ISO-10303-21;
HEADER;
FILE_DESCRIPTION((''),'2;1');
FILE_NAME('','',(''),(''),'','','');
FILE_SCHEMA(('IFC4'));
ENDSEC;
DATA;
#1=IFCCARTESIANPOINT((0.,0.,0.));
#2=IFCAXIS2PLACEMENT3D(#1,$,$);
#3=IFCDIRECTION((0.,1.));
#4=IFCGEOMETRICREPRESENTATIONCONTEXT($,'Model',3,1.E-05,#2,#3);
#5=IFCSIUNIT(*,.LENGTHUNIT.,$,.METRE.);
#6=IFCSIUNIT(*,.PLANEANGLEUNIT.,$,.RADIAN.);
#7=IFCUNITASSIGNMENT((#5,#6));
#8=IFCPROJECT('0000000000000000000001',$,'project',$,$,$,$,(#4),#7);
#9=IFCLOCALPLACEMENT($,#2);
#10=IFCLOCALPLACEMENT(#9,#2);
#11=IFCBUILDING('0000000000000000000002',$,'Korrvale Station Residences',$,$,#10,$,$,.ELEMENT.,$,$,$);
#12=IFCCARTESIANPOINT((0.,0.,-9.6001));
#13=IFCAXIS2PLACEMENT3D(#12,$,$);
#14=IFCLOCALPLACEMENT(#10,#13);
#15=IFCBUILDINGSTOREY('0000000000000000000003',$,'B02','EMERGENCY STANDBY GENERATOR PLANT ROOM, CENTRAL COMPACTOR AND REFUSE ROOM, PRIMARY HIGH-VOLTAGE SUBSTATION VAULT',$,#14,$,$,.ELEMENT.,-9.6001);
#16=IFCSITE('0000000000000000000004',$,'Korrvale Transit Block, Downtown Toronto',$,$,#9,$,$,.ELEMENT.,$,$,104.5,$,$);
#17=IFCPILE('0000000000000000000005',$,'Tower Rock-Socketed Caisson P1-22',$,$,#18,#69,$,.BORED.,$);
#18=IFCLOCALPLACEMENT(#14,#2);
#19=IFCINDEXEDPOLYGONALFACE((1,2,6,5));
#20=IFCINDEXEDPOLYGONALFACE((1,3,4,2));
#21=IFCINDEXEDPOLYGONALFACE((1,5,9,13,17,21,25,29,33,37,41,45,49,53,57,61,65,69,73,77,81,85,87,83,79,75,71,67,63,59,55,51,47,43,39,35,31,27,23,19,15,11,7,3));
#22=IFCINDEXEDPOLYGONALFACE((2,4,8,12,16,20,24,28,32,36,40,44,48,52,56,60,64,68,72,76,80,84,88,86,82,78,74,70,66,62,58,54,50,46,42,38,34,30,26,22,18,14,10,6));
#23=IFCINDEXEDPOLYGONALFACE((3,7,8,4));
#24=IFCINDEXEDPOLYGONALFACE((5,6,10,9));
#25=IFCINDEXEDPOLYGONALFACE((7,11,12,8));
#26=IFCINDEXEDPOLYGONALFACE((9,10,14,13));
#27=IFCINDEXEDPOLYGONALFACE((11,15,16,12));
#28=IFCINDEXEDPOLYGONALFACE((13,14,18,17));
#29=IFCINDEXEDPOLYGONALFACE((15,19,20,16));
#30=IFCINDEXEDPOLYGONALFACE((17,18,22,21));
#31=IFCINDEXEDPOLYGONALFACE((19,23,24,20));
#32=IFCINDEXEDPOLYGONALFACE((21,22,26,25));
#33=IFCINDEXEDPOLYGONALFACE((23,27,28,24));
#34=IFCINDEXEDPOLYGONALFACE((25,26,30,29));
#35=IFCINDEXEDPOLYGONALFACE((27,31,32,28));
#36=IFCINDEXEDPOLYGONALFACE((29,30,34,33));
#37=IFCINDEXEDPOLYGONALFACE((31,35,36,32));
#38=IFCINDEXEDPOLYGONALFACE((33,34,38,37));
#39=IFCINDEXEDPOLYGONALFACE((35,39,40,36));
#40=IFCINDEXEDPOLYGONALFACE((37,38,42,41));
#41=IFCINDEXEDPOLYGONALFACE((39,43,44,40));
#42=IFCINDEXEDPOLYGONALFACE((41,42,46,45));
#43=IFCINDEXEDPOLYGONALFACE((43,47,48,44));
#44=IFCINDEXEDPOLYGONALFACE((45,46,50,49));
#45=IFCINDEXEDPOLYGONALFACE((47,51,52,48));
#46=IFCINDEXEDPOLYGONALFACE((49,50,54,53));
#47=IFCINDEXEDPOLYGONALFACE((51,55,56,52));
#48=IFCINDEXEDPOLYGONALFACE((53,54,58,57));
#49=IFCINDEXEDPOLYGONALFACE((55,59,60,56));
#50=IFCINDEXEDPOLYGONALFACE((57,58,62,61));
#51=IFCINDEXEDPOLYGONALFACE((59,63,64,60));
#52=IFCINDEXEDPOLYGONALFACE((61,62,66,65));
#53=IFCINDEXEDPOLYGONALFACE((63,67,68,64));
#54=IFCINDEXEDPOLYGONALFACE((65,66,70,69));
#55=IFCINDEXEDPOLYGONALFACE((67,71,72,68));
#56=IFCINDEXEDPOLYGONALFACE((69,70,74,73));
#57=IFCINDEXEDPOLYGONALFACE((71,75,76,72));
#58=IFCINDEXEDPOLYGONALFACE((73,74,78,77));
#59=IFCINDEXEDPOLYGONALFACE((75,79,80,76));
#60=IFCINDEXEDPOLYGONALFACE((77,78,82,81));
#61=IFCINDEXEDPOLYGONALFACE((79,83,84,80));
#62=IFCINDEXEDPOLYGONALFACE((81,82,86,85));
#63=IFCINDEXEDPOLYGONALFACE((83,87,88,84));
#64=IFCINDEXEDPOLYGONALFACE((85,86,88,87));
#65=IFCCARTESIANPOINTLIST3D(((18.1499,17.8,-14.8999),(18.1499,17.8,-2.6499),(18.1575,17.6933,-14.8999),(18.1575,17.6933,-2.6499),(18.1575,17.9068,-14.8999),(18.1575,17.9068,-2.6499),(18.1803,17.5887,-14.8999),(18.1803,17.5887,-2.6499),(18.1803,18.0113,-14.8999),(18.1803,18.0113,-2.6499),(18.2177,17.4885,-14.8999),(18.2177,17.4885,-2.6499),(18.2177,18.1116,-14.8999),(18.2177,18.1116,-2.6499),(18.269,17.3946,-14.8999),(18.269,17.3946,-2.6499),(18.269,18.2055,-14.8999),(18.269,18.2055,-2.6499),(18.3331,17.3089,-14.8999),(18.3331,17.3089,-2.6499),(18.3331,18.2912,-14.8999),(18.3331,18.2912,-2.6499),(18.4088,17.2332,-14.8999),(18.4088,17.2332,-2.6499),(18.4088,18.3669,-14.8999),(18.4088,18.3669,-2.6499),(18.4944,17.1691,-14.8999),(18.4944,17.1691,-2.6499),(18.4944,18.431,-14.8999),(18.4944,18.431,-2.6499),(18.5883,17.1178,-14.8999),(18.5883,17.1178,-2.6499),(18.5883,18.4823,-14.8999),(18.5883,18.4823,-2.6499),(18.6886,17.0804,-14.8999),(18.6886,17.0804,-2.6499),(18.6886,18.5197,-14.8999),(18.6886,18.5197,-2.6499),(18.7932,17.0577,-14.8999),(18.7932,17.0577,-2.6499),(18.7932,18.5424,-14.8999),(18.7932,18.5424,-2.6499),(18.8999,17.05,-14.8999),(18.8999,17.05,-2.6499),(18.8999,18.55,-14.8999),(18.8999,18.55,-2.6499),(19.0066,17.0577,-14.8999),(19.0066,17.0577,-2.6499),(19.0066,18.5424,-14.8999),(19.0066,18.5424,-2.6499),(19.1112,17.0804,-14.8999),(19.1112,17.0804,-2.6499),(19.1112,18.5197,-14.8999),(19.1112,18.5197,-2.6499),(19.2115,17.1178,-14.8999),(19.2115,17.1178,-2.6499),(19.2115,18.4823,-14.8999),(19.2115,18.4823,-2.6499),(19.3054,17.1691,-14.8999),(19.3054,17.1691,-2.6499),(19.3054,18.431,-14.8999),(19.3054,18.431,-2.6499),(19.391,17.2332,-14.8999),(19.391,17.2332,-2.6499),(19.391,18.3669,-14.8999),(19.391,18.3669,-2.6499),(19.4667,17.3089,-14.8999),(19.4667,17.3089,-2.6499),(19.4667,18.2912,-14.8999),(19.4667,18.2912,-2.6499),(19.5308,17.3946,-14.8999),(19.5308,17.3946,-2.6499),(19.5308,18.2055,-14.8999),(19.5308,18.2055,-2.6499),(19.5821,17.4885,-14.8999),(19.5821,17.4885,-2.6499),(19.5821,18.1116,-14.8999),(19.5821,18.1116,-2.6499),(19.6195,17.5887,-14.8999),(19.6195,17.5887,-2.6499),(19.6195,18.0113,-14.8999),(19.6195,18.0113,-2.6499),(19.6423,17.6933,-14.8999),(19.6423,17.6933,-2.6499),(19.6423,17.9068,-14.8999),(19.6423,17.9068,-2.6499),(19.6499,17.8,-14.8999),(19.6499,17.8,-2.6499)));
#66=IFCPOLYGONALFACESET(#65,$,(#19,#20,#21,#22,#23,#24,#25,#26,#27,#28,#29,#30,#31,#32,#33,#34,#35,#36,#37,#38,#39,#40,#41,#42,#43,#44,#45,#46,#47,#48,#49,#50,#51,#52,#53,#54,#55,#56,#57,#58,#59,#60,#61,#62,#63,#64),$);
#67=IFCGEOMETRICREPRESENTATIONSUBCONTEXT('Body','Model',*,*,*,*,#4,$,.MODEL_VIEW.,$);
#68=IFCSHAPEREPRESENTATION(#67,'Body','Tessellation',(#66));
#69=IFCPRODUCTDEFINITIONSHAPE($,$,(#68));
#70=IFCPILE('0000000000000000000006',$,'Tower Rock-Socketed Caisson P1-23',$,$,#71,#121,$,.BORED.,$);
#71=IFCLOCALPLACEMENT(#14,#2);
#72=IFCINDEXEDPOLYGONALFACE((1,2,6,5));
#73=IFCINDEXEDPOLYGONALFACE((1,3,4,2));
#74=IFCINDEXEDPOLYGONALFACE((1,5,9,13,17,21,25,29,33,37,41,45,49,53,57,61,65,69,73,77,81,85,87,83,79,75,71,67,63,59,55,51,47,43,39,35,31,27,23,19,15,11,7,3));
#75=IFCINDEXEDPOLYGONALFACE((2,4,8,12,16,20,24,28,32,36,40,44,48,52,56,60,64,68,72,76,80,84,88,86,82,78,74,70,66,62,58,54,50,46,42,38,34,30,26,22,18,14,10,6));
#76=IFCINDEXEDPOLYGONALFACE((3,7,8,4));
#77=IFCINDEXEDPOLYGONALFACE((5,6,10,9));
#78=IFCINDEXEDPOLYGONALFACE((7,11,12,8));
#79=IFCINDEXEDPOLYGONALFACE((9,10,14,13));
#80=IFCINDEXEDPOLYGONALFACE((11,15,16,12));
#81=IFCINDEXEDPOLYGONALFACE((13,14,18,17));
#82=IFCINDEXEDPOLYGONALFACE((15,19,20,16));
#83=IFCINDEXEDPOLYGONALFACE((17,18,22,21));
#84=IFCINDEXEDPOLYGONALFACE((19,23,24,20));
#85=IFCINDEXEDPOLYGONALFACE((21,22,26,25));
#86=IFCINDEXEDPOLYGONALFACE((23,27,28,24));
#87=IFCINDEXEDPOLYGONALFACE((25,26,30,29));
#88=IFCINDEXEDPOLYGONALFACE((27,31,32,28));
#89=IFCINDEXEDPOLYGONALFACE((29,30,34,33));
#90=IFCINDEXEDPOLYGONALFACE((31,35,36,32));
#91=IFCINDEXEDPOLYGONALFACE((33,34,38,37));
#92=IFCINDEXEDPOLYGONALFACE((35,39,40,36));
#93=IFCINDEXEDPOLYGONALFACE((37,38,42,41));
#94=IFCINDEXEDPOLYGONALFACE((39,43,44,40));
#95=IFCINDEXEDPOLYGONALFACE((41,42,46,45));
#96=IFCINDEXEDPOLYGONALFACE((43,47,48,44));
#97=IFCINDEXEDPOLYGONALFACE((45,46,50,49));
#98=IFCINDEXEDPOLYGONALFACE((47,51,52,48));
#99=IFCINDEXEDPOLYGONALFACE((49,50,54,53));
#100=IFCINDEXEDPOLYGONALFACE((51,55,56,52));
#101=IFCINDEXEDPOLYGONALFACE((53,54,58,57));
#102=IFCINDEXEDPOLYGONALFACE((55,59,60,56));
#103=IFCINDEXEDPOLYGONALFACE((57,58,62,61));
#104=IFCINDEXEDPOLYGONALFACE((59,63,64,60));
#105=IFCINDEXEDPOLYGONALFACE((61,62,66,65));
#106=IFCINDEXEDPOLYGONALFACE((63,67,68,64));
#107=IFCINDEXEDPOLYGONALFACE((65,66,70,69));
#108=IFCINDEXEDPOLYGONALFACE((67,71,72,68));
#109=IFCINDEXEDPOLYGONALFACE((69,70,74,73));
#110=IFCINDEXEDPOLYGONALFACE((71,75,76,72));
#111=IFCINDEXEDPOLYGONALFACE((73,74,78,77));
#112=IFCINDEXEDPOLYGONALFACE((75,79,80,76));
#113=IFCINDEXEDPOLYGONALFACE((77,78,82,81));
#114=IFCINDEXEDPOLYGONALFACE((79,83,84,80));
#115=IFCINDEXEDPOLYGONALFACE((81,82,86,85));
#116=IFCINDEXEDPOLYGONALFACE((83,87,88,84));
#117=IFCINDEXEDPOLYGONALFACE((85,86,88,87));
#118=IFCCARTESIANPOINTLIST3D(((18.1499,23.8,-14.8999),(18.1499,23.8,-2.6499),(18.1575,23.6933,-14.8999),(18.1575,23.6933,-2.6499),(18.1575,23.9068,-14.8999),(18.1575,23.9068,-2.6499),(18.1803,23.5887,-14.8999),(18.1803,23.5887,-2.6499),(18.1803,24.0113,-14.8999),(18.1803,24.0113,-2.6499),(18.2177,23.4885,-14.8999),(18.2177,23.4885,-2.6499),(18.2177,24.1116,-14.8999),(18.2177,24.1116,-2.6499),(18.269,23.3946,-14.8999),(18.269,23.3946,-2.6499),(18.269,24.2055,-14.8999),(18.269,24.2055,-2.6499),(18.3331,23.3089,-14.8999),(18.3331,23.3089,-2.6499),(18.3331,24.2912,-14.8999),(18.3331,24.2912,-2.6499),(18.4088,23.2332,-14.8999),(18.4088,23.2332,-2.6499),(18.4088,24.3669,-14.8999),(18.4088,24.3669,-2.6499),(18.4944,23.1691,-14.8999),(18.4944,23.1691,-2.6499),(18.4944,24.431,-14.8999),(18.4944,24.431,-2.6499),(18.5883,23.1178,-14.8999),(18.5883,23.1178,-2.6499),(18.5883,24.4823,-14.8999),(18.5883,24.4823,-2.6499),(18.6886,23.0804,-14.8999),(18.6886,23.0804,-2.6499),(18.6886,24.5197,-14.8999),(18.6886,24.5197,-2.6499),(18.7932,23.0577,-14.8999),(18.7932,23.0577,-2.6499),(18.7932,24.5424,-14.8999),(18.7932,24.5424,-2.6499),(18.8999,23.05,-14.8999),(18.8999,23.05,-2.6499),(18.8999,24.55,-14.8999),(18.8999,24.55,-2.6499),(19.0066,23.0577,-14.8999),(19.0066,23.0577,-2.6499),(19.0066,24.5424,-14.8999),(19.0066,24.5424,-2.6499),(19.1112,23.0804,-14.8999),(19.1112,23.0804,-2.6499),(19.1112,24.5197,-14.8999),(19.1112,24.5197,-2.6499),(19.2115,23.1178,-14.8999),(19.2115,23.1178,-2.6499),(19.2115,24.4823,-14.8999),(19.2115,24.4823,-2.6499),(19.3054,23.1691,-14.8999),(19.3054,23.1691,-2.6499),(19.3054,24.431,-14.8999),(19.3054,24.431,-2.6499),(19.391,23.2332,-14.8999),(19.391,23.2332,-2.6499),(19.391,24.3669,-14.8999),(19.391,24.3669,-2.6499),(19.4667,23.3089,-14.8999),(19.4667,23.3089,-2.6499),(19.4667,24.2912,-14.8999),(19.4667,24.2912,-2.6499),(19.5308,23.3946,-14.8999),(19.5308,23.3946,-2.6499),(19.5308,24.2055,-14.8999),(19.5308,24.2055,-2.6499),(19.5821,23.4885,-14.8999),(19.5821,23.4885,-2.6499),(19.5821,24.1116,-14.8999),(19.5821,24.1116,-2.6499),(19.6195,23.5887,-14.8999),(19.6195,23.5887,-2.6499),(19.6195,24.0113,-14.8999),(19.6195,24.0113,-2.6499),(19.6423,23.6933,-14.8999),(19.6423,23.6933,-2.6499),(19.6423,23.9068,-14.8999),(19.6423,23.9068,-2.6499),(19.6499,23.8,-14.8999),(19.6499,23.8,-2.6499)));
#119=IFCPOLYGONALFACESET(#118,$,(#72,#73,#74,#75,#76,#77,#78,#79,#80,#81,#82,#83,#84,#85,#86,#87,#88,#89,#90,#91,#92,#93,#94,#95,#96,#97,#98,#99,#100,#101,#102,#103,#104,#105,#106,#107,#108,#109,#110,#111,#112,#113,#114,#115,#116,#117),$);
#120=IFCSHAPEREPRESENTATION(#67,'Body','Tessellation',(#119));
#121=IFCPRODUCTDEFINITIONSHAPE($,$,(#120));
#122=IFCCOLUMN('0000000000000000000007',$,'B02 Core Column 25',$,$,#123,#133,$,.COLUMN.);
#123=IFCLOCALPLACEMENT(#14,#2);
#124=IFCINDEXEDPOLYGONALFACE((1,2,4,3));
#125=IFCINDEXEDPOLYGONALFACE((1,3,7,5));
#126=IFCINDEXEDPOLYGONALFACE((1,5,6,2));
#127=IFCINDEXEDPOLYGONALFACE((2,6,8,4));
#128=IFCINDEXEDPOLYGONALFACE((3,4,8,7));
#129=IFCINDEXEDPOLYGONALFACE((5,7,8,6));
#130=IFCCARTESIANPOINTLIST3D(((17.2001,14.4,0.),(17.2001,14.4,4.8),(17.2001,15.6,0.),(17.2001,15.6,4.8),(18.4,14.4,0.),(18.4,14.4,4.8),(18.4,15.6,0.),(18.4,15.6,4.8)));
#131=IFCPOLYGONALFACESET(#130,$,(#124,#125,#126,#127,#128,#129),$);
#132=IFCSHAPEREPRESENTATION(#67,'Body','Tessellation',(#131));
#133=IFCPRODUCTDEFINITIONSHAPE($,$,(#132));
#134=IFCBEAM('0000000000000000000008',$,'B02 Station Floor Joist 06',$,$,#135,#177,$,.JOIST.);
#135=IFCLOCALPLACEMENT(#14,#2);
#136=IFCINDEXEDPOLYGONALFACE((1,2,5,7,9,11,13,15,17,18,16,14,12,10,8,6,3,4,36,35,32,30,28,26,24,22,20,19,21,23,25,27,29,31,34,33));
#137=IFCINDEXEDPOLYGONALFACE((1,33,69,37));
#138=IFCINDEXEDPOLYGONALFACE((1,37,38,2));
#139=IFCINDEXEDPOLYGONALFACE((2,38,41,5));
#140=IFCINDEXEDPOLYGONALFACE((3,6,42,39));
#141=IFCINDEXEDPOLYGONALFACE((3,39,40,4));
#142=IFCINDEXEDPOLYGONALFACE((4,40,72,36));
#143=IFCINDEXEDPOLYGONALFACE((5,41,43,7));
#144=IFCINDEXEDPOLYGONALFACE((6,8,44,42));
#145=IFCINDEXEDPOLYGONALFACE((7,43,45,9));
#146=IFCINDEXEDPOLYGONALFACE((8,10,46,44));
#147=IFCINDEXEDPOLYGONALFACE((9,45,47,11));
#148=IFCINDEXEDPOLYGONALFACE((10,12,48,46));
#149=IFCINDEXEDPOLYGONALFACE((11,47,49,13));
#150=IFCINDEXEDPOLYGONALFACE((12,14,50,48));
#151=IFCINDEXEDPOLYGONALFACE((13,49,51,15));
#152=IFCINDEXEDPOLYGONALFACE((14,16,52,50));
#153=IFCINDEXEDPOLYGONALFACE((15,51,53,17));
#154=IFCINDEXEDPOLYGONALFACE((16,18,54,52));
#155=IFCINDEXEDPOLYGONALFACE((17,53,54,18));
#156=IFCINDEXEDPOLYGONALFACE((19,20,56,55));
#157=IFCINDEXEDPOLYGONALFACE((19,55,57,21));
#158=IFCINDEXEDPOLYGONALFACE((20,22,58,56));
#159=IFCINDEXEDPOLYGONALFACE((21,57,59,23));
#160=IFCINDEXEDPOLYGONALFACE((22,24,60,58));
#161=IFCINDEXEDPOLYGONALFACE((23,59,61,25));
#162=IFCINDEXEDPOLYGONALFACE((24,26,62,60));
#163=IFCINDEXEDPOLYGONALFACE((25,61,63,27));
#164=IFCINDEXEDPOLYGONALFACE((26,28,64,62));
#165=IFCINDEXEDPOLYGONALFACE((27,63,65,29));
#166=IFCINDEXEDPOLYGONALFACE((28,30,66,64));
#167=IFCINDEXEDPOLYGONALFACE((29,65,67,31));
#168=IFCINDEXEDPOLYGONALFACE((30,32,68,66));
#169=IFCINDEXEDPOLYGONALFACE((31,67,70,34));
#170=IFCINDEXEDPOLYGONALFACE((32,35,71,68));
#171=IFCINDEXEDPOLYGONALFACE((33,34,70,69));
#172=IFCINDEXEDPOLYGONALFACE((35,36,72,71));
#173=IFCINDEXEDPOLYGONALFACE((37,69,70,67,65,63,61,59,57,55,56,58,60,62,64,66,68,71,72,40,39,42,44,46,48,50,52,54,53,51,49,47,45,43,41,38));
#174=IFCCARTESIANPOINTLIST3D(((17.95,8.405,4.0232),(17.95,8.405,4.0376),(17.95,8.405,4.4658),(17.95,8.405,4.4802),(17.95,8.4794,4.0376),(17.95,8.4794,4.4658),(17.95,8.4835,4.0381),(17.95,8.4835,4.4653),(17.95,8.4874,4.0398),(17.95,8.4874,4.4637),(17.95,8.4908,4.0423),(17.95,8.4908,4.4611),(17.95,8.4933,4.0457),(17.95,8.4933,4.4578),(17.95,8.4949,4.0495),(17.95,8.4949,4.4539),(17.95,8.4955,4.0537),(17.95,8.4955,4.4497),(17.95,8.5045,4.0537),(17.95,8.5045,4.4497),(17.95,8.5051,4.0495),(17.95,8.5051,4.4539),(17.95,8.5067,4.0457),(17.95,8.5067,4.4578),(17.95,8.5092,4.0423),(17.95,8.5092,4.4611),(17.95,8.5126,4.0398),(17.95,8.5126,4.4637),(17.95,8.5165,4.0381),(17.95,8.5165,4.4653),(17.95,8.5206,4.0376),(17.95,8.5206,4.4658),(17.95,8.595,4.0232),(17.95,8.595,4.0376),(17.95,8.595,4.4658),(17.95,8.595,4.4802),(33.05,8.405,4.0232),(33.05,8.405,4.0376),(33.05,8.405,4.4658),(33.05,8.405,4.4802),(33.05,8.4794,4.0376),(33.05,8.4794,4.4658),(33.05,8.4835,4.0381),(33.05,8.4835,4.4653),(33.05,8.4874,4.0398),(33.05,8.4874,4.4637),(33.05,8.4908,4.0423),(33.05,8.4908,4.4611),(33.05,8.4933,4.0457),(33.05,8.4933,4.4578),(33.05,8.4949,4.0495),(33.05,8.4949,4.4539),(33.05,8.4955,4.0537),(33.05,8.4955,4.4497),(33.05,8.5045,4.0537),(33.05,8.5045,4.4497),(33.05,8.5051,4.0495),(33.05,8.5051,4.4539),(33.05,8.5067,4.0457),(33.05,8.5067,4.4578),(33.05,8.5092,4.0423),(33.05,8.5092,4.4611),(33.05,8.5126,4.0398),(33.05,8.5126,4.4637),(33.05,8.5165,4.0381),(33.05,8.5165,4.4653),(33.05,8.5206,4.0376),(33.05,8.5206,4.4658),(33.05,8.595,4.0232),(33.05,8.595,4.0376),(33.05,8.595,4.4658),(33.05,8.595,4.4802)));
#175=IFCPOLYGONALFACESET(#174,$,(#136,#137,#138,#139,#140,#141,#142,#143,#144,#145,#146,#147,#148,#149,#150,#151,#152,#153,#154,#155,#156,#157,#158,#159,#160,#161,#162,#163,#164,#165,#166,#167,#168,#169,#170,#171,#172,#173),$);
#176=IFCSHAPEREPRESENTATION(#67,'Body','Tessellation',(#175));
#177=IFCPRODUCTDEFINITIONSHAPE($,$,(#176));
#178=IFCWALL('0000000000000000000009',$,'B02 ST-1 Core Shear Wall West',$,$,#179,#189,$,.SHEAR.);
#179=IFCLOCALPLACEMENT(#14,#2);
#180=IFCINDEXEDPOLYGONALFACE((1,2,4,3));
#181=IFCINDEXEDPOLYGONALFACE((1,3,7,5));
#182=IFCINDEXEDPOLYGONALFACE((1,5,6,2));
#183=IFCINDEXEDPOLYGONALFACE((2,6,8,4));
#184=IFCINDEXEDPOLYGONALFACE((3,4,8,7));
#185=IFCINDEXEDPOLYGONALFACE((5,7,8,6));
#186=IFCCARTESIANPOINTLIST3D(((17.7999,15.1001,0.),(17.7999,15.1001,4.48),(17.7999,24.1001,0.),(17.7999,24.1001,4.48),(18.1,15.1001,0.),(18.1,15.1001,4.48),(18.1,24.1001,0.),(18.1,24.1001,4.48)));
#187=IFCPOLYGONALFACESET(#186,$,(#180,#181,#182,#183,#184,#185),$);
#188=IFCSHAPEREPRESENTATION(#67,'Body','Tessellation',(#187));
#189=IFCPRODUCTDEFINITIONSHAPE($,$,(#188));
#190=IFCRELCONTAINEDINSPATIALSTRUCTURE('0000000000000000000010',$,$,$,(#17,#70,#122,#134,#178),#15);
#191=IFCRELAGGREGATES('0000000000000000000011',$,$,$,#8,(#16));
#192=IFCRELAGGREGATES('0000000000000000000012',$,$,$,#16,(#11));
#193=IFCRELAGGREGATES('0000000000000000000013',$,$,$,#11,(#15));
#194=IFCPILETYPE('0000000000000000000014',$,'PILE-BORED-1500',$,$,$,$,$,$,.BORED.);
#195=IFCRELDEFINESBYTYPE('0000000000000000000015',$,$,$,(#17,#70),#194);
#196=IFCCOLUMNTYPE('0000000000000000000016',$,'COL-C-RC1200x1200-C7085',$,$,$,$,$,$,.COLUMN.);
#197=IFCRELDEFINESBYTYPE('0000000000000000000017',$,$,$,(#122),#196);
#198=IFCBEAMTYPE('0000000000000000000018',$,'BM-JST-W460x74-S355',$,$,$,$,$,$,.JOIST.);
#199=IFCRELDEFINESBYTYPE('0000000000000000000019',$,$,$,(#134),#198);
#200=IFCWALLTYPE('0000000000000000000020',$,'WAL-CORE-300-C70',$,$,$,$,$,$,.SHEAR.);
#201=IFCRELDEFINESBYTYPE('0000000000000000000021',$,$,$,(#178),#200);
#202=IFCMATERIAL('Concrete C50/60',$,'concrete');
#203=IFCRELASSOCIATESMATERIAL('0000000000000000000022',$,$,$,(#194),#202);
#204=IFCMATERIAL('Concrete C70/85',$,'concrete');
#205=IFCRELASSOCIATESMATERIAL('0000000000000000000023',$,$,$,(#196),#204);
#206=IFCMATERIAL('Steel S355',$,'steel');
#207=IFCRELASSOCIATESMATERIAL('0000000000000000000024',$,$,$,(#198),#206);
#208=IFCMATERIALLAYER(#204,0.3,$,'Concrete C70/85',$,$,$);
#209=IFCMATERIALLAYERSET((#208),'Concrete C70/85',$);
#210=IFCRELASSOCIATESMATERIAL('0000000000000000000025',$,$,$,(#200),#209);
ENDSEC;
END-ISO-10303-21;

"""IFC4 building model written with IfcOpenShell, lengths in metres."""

from ifc_helpers import new_model, si_unit, direction, frame, frame_2d, origin, origin_2d, place, context, subcontext, project, spatial, rectangle, circle, i_section, extrude, material, layer, layer_set, material_profile, profile_set, type_object, element, save


model = new_model("IFC4")

# Units and contexts
model_context = context("Model", 3, precision=1e-05, world=origin(), true_north=direction((0.0, 1.0)))
body_context = subcontext(model_context, "Body", "Model", "MODEL_VIEW")
ifc_project = project(units=[si_unit("LENGTHUNIT", "METRE"), si_unit("PLANEANGLEUNIT", "RADIAN")], contexts=[model_context])

# Site, building, storey
site_placement = place(None, origin())
site = spatial("IfcSite", under=ifc_project, at=site_placement, Name="Korrvale Transit Block, Downtown Toronto", CompositionType="ELEMENT", RefElevation=104.5)
building_placement = place(site_placement, origin())
building = spatial("IfcBuilding", under=site, at=building_placement, Name="Korrvale Station Residences", CompositionType="ELEMENT")
storey_placement = place(building_placement, frame((0.0, 0.0, -9.6001)))
storey = spatial("IfcBuildingStorey", under=building, at=storey_placement, Name="B02", Description="EMERGENCY STANDBY GENERATOR PLANT ROOM, CENTRAL COMPACTOR AND REFUSE ROOM, PRIMARY HIGH-VOLTAGE SUBSTATION VAULT", CompositionType="ELEMENT", Elevation=-9.6001)

# Piles
ifc_material_1 = material(Name="Concrete C50/60", Category="concrete")
ifc_material_profile_1 = material_profile(ifc_material_1, circle(Radius=0.75, at=origin_2d()), Name="PILE1500")
ifc_profile_set_1 = profile_set([ifc_material_profile_1], Name="Concrete C50/60")
pile_type = type_object("IfcPileType", Name="PILE-BORED-1500", PredefinedType="BORED", material=ifc_profile_set_1)
for number, where, z_axis, x_axis, name in (
    (1, (18.8999, 17.8, -2.6499), (0.0, 0.0, -1.0), (1.0, 0.0, 0.0), "Tower Rock-Socketed Caisson P1-22"),
    (2, (18.8999, 23.8, -2.6499), (0.0, 0.0, -1.0), (1.0, 0.0, 0.0), "Tower Rock-Socketed Caisson P1-23"),
):
    element("IfcPile", number, at=place(storey_placement, frame(where, z_axis=z_axis, x_axis=x_axis)), inside=storey, type_object=pile_type, Name=name, PredefinedType="BORED", context=body_context, shape_type="SweptSolid", body=[
        extrude(circle(Radius=0.75, at=origin_2d()), origin(), (0.0, 0.0, 1.0), 12.25),
    ])

# Column
ifc_material_2 = material(Name="Concrete C70/85", Category="concrete")
ifc_material_profile_2 = material_profile(ifc_material_2, rectangle(XDim=1.2, YDim=1.2, at=origin_2d()), Name="RC1200x1200")
ifc_profile_set_2 = profile_set([ifc_material_profile_2], Name="Concrete C70/85")
column_type = type_object("IfcColumnType", Name="COL-C-RC1200x1200-C7085", PredefinedType="COLUMN", material=ifc_profile_set_2)
column_placement = place(storey_placement, frame((17.8, 15.0, 0.0), z_axis=(0.0, 0.0, 1.0), x_axis=(1.0, 0.0, 0.0)))
element("IfcColumn", 3, at=column_placement, inside=storey, type_object=column_type, Name="B02 Core Column 25", PredefinedType="COLUMN", context=body_context, shape_type="SweptSolid", body=[
    extrude(rectangle(XDim=1.2, YDim=1.2, at=origin_2d()), origin(), (0.0, 0.0, 1.0), 4.8),
])

# Beam
ifc_material_3 = material(Name="Steel S355", Category="steel")
ifc_material_profile_3 = material_profile(ifc_material_3, i_section(OverallWidth=0.1899, OverallDepth=0.457, WebThickness=0.009, FlangeThickness=0.0144, FilletRadius=0.0161, at=origin_2d()), Name="W460x74")
ifc_profile_set_3 = profile_set([ifc_material_profile_3], Name="Steel S355")
beam_type = type_object("IfcBeamType", Name="BM-JST-W460x74-S355", PredefinedType="JOIST", material=ifc_profile_set_3)
beam_placement = place(storey_placement, frame((17.95, 8.5, 4.2517), z_axis=(1.0, 0.0, 0.0), x_axis=(0.0, 1.0, 0.0)))
element("IfcBeam", 4, at=beam_placement, inside=storey, type_object=beam_type, Name="B02 Station Floor Joist 06", PredefinedType="JOIST", context=body_context, shape_type="SweptSolid", body=[
    extrude(i_section(OverallWidth=0.1899, OverallDepth=0.457, WebThickness=0.009, FlangeThickness=0.0144, FilletRadius=0.0161, at=origin_2d()), origin(), (0.0, 0.0, 1.0), 15.1001),
])

# Wall
ifc_layer_1 = layer(ifc_material_2, 0.3, Name="Concrete C70/85")
ifc_layer_set_1 = layer_set([ifc_layer_1], Name="Concrete C70/85")
wall_type_1 = type_object("IfcWallType", Name="WAL-CORE-300-C70", PredefinedType="SHEAR", material=ifc_layer_set_1)
wall_1_placement = place(storey_placement, frame((17.95, 15.1001, 0.0), z_axis=(0.0, 0.0, 1.0), x_axis=(0.0, 1.0, 0.0)))
element("IfcWall", 5, at=wall_1_placement, inside=storey, type_object=wall_type_1, Name="B02 ST-1 Core Shear Wall West", PredefinedType="SHEAR", context=body_context, shape_type="SweptSolid", body=[
    extrude(rectangle(XDim=9.0, YDim=0.3, at=frame_2d((4.5, 0.0))), origin(), (0.0, 0.0, 1.0), 4.48),
])

save(model, "model.ifc")
